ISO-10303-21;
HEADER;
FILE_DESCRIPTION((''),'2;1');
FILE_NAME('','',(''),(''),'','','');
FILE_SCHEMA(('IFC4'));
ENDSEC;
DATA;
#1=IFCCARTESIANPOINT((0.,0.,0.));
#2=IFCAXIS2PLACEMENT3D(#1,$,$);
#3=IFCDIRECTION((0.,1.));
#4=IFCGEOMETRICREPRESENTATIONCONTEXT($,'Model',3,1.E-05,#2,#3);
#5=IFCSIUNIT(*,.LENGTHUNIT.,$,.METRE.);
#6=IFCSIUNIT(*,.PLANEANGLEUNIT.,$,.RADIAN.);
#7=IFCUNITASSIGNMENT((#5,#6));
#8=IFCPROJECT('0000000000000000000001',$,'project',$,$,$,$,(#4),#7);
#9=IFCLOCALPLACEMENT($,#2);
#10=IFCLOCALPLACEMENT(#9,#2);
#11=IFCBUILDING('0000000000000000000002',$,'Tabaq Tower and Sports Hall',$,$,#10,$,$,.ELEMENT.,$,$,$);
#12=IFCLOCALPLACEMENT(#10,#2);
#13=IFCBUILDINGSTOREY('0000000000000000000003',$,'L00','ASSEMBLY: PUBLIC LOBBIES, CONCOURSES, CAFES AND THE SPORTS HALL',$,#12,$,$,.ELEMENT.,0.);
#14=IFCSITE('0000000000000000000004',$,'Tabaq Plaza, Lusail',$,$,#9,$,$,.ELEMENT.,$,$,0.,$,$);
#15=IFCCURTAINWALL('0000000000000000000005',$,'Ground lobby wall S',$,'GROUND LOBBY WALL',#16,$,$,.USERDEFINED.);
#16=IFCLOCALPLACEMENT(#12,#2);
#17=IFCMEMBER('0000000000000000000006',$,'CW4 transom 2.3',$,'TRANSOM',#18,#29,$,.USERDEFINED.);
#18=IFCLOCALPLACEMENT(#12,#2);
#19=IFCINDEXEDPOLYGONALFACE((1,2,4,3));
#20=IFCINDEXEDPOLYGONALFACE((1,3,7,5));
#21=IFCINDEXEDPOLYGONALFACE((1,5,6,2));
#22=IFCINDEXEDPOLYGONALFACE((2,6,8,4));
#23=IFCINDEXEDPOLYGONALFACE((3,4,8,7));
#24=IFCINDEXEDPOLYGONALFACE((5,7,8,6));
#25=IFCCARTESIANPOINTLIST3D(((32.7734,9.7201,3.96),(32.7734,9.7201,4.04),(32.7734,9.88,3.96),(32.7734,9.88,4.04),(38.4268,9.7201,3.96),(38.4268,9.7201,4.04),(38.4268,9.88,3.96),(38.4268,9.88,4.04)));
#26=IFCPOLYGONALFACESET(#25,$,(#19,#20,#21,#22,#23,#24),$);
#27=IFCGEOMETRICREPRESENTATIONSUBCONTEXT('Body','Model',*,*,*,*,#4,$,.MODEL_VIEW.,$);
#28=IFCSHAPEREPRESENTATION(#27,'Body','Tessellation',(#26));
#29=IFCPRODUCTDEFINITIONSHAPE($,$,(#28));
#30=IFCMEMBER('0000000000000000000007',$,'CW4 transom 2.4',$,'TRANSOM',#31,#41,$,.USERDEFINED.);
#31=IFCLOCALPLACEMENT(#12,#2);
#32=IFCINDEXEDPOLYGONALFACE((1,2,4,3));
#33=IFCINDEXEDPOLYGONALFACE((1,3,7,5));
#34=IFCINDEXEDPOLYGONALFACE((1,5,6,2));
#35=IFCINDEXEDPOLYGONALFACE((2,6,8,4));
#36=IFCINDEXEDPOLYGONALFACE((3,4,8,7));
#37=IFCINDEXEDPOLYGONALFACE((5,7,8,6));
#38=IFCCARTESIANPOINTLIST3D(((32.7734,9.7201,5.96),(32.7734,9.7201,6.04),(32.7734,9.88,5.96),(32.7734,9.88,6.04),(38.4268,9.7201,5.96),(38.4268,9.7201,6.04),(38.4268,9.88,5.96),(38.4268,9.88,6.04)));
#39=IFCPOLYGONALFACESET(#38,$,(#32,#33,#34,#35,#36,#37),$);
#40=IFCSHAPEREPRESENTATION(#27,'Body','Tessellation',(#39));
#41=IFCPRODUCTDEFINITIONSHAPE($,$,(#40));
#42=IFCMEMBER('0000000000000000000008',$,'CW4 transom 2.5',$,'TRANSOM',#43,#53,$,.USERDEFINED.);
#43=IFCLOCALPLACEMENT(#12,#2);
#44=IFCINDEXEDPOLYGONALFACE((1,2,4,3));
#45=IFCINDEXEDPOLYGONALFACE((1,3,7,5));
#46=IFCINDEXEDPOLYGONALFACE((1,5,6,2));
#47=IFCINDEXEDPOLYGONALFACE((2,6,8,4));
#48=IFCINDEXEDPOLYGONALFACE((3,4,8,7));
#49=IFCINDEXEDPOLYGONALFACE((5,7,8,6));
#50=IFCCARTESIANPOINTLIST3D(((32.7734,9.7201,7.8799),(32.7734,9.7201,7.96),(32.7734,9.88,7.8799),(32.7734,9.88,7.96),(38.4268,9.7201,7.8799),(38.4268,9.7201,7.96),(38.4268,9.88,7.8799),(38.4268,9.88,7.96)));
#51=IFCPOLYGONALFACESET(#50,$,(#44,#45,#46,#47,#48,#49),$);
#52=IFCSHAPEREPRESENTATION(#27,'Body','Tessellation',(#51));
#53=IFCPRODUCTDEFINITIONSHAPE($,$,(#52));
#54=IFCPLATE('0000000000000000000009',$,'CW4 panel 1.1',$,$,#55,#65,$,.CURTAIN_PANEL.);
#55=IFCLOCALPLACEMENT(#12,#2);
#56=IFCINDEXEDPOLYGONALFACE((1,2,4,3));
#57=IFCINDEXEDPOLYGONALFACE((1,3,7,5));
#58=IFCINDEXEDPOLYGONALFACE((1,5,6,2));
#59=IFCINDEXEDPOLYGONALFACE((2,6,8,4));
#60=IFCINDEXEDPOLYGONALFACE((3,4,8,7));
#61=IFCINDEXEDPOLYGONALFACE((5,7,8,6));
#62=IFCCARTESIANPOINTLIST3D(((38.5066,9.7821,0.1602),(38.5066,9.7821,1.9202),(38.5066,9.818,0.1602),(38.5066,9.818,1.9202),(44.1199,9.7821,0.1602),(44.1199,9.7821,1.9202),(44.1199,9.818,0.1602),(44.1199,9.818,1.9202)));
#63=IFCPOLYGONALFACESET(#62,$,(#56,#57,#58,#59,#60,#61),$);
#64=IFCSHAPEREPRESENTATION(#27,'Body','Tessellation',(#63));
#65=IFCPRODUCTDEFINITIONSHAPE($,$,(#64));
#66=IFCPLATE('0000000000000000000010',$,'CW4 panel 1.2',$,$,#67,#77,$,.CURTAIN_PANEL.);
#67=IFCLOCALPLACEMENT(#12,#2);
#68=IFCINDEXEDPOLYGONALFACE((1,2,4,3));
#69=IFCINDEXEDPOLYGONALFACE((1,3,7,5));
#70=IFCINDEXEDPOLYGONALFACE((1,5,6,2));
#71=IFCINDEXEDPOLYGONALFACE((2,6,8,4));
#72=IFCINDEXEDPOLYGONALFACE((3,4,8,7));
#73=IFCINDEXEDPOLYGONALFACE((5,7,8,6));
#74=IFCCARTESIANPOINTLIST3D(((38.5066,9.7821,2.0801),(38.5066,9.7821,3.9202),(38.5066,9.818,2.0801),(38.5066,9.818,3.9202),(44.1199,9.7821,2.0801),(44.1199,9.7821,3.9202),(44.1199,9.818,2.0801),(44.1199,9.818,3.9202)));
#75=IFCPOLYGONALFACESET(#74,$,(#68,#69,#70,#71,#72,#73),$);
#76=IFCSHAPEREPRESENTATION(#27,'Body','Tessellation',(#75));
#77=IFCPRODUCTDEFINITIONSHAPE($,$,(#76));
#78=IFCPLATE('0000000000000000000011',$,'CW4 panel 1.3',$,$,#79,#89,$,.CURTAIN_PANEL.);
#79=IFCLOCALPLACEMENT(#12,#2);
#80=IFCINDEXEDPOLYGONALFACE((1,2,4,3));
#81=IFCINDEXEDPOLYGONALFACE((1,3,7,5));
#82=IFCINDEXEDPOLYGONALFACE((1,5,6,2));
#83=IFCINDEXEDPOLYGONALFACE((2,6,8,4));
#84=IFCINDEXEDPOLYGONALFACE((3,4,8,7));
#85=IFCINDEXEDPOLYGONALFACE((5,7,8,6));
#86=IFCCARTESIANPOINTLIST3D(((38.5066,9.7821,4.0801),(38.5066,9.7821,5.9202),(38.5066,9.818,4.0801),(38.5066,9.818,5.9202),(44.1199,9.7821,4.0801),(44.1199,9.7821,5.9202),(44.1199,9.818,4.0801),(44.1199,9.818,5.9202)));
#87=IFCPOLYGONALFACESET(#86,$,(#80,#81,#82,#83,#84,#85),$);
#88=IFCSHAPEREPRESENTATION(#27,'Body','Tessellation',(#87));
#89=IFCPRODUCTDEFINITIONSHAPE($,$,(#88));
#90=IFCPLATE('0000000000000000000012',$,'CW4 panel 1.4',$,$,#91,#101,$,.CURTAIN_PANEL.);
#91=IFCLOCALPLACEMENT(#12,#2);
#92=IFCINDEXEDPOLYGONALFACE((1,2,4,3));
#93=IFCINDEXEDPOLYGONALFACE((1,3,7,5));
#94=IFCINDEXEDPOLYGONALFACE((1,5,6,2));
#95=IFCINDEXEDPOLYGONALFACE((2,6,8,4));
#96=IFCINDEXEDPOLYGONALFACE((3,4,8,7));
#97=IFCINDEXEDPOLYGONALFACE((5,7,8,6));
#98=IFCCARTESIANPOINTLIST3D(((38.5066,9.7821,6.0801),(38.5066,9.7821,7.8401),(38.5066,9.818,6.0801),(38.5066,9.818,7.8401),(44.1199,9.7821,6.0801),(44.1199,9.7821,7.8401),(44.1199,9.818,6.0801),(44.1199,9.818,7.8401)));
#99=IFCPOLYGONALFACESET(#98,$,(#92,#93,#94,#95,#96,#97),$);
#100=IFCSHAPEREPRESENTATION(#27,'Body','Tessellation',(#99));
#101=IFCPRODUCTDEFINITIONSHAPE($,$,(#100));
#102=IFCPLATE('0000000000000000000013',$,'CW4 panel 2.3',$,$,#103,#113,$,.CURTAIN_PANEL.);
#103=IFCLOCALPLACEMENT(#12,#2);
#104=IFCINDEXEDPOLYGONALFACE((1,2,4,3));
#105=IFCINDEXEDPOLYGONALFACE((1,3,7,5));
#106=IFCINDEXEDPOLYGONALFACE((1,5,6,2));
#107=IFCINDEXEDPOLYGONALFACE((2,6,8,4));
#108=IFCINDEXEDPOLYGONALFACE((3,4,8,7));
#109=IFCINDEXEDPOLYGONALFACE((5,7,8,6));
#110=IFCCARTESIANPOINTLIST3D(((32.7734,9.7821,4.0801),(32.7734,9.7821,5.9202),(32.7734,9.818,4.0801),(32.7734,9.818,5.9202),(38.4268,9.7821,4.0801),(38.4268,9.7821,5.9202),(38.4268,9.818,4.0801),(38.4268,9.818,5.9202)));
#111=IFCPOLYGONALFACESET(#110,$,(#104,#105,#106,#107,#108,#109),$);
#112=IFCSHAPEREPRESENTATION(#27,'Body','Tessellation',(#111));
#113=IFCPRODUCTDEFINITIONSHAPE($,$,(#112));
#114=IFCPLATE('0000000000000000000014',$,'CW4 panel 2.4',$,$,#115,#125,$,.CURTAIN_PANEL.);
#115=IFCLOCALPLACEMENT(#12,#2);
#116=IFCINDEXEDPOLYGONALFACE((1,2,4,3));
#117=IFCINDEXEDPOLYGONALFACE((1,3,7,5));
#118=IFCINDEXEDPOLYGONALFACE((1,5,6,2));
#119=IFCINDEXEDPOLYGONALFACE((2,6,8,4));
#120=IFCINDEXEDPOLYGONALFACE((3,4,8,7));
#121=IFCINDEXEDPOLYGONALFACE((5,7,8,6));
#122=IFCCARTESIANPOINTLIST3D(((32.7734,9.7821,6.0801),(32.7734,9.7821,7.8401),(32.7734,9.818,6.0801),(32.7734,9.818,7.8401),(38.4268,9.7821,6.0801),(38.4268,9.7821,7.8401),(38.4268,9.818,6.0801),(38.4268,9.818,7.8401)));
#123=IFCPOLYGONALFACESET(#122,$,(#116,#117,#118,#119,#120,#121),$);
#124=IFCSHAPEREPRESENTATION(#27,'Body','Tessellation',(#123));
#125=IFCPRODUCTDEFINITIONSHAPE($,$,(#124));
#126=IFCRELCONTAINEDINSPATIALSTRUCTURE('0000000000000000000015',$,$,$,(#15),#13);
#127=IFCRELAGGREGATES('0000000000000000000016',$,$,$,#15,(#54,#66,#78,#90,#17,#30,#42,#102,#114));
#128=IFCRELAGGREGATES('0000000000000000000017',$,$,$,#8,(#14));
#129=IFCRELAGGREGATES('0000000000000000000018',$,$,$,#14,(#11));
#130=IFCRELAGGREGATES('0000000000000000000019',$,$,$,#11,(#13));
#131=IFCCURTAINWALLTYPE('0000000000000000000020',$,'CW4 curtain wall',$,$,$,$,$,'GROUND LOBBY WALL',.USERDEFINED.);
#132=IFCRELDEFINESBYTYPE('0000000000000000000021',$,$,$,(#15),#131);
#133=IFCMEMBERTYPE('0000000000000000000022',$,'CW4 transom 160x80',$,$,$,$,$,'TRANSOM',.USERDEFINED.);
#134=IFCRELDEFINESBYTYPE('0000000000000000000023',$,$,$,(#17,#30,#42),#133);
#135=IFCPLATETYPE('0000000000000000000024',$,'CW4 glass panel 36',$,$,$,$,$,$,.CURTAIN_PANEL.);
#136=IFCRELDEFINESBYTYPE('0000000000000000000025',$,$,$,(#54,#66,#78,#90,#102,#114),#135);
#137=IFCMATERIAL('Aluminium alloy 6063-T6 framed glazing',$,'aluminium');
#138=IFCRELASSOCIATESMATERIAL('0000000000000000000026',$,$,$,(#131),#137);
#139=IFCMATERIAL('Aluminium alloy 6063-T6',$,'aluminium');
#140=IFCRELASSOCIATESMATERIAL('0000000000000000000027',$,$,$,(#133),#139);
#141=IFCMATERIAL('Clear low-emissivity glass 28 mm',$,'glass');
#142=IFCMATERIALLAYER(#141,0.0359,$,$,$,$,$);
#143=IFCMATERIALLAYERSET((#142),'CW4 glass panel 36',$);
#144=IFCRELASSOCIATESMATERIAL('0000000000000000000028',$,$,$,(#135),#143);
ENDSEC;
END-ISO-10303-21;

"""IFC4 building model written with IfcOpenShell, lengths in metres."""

from ifc_helpers import new_model, si_unit, direction, frame, origin, origin_2d, place, context, subcontext, project, spatial, rectangle, extrude, material, layer, layer_set, material_profile, profile_set, type_object, element, aggregate, save


model = new_model("IFC4")

# Units and contexts
model_context = context("Model", 3, precision=1e-05, world=origin(), true_north=direction((0.0, 1.0)))
body_context = subcontext(model_context, "Body", "Model", "MODEL_VIEW")
ifc_project = project(units=[si_unit("LENGTHUNIT", "METRE"), si_unit("PLANEANGLEUNIT", "RADIAN")], contexts=[model_context])

# Site, building, storey
site_placement = place(None, origin())
site = spatial("IfcSite", under=ifc_project, at=site_placement, Name="Tabaq Plaza, Lusail", CompositionType="ELEMENT", RefElevation=0.0)
building_placement = place(site_placement, origin())
building = spatial("IfcBuilding", under=site, at=building_placement, Name="Tabaq Tower and Sports Hall", CompositionType="ELEMENT")
storey_placement = place(building_placement, origin())
storey = spatial("IfcBuildingStorey", under=building, at=storey_placement, Name="L00", Description="ASSEMBLY: PUBLIC LOBBIES, CONCOURSES, CAFES AND THE SPORTS HALL", CompositionType="ELEMENT", Elevation=0.0)

# Curtain wall
ifc_material_1 = material(Name="Aluminium alloy 6063-T6 framed glazing", Category="aluminium")
curtain_wall_type = type_object("IfcCurtainWallType", Name="CW4 curtain wall", ElementType="GROUND LOBBY WALL", PredefinedType="USERDEFINED", material=ifc_material_1)
curtain_wall_1_placement = place(storey_placement, origin())
curtain_wall_1 = element("IfcCurtainWall", 1, at=curtain_wall_1_placement, inside=storey, type_object=curtain_wall_type, Name="Ground lobby wall S", ObjectType="GROUND LOBBY WALL", PredefinedType="USERDEFINED")

# Members
ifc_material_2 = material(Name="Aluminium alloy 6063-T6", Category="aluminium")
ifc_material_profile_1 = material_profile(ifc_material_2, rectangle(XDim=0.1599, YDim=0.0801, at=origin_2d()), Name="TRANSOM 160x80")
ifc_profile_set_1 = profile_set([ifc_material_profile_1], Name="Aluminium alloy 6063-T6")
member_type_1 = type_object("IfcMemberType", Name="CW4 transom 160x80", ElementType="TRANSOM", PredefinedType="USERDEFINED", material=ifc_profile_set_1)
member_1_placement = place(storey_placement, frame((38.4268, 9.8, 4.0), z_axis=(-1.0, 0.0, 0.0), x_axis=(0.0, -1.0, 0.0)))
member_1 = element("IfcMember", 2, at=member_1_placement, type_object=member_type_1, Name="CW4 transom 2.3", ObjectType="TRANSOM", PredefinedType="USERDEFINED", context=body_context, shape_type="SweptSolid", body=[
    extrude(rectangle(XDim=0.1599, YDim=0.0801, at=origin_2d()), origin(), (0.0, 0.0, 1.0), 5.6533),
])
member_2_placement = place(storey_placement, frame((38.4268, 9.8, 6.0), z_axis=(-1.0, 0.0, 0.0), x_axis=(0.0, -1.0, 0.0)))
member_2 = element("IfcMember", 3, at=member_2_placement, type_object=member_type_1, Name="CW4 transom 2.4", ObjectType="TRANSOM", PredefinedType="USERDEFINED", context=body_context, shape_type="SweptSolid", body=[
    extrude(rectangle(XDim=0.1599, YDim=0.0801, at=origin_2d()), origin(), (0.0, 0.0, 1.0), 5.6533),
])
member_3_placement = place(storey_placement, frame((38.4268, 9.8, 7.9199), z_axis=(-1.0, 0.0, 0.0), x_axis=(0.0, -1.0, 0.0)))
member_3 = element("IfcMember", 4, at=member_3_placement, type_object=member_type_1, Name="CW4 transom 2.5", ObjectType="TRANSOM", PredefinedType="USERDEFINED", context=body_context, shape_type="SweptSolid", body=[
    extrude(rectangle(XDim=0.1599, YDim=0.0801, at=origin_2d()), origin(), (0.0, 0.0, 1.0), 5.6533),
])

# Plates
ifc_material_3 = material(Name="Clear low-emissivity glass 28 mm", Category="glass")
ifc_layer = layer(ifc_material_3, 0.0359)
ifc_layer_set = layer_set([ifc_layer], Name="CW4 glass panel 36")
plate_type = type_object("IfcPlateType", Name="CW4 glass panel 36", PredefinedType="CURTAIN_PANEL", material=ifc_layer_set)
plate_1_placement = place(storey_placement, frame((41.3132, 9.8, 0.1602), z_axis=(0.0, 0.0, 1.0), x_axis=(-1.0, 0.0, 0.0)))
plate_1 = element("IfcPlate", 5, at=plate_1_placement, type_object=plate_type, Name="CW4 panel 1.1", PredefinedType="CURTAIN_PANEL", context=body_context, shape_type="SweptSolid", body=[
    extrude(rectangle(XDim=5.6133, YDim=0.0359, at=origin_2d()), origin(), (0.0, 0.0, 1.0), 1.76),
])
plate_2_placement = place(storey_placement, frame((41.3132, 9.8, 2.0801), z_axis=(0.0, 0.0, 1.0), x_axis=(-1.0, 0.0, 0.0)))
plate_2 = element("IfcPlate", 6, at=plate_2_placement, type_object=plate_type, Name="CW4 panel 1.2", PredefinedType="CURTAIN_PANEL", context=body_context, shape_type="SweptSolid", body=[
    extrude(rectangle(XDim=5.6133, YDim=0.0359, at=origin_2d()), origin(), (0.0, 0.0, 1.0), 1.8401),
])
plate_3_placement = place(storey_placement, frame((41.3132, 9.8, 4.0801), z_axis=(0.0, 0.0, 1.0), x_axis=(-1.0, 0.0, 0.0)))
plate_3 = element("IfcPlate", 7, at=plate_3_placement, type_object=plate_type, Name="CW4 panel 1.3", PredefinedType="CURTAIN_PANEL", context=body_context, shape_type="SweptSolid", body=[
    extrude(rectangle(XDim=5.6133, YDim=0.0359, at=origin_2d()), origin(), (0.0, 0.0, 1.0), 1.8401),
])
plate_4_placement = place(storey_placement, frame((41.3132, 9.8, 6.0801), z_axis=(0.0, 0.0, 1.0), x_axis=(-1.0, 0.0, 0.0)))
plate_4 = element("IfcPlate", 8, at=plate_4_placement, type_object=plate_type, Name="CW4 panel 1.4", PredefinedType="CURTAIN_PANEL", context=body_context, shape_type="SweptSolid", body=[
    extrude(rectangle(XDim=5.6133, YDim=0.0359, at=origin_2d()), origin(), (0.0, 0.0, 1.0), 1.76),
])
plate_5_placement = place(storey_placement, frame((35.6001, 9.8, 4.0801), z_axis=(0.0, 0.0, 1.0), x_axis=(-1.0, 0.0, 0.0)))
plate_5 = element("IfcPlate", 9, at=plate_5_placement, type_object=plate_type, Name="CW4 panel 2.3", PredefinedType="CURTAIN_PANEL", context=body_context, shape_type="SweptSolid", body=[
    extrude(rectangle(XDim=5.6533, YDim=0.0359, at=origin_2d()), origin(), (0.0, 0.0, 1.0), 1.8401),
])
plate_6_placement = place(storey_placement, frame((35.6001, 9.8, 6.0801), z_axis=(0.0, 0.0, 1.0), x_axis=(-1.0, 0.0, 0.0)))
plate_6 = element("IfcPlate", 10, at=plate_6_placement, type_object=plate_type, Name="CW4 panel 2.4", PredefinedType="CURTAIN_PANEL", context=body_context, shape_type="SweptSolid", body=[
    extrude(rectangle(XDim=5.6533, YDim=0.0359, at=origin_2d()), origin(), (0.0, 0.0, 1.0), 1.76),
])
aggregate(curtain_wall_1, [plate_1, plate_2, plate_3, plate_4, member_1, member_2, member_3, plate_5, plate_6])

save(model, "model.ifc")
